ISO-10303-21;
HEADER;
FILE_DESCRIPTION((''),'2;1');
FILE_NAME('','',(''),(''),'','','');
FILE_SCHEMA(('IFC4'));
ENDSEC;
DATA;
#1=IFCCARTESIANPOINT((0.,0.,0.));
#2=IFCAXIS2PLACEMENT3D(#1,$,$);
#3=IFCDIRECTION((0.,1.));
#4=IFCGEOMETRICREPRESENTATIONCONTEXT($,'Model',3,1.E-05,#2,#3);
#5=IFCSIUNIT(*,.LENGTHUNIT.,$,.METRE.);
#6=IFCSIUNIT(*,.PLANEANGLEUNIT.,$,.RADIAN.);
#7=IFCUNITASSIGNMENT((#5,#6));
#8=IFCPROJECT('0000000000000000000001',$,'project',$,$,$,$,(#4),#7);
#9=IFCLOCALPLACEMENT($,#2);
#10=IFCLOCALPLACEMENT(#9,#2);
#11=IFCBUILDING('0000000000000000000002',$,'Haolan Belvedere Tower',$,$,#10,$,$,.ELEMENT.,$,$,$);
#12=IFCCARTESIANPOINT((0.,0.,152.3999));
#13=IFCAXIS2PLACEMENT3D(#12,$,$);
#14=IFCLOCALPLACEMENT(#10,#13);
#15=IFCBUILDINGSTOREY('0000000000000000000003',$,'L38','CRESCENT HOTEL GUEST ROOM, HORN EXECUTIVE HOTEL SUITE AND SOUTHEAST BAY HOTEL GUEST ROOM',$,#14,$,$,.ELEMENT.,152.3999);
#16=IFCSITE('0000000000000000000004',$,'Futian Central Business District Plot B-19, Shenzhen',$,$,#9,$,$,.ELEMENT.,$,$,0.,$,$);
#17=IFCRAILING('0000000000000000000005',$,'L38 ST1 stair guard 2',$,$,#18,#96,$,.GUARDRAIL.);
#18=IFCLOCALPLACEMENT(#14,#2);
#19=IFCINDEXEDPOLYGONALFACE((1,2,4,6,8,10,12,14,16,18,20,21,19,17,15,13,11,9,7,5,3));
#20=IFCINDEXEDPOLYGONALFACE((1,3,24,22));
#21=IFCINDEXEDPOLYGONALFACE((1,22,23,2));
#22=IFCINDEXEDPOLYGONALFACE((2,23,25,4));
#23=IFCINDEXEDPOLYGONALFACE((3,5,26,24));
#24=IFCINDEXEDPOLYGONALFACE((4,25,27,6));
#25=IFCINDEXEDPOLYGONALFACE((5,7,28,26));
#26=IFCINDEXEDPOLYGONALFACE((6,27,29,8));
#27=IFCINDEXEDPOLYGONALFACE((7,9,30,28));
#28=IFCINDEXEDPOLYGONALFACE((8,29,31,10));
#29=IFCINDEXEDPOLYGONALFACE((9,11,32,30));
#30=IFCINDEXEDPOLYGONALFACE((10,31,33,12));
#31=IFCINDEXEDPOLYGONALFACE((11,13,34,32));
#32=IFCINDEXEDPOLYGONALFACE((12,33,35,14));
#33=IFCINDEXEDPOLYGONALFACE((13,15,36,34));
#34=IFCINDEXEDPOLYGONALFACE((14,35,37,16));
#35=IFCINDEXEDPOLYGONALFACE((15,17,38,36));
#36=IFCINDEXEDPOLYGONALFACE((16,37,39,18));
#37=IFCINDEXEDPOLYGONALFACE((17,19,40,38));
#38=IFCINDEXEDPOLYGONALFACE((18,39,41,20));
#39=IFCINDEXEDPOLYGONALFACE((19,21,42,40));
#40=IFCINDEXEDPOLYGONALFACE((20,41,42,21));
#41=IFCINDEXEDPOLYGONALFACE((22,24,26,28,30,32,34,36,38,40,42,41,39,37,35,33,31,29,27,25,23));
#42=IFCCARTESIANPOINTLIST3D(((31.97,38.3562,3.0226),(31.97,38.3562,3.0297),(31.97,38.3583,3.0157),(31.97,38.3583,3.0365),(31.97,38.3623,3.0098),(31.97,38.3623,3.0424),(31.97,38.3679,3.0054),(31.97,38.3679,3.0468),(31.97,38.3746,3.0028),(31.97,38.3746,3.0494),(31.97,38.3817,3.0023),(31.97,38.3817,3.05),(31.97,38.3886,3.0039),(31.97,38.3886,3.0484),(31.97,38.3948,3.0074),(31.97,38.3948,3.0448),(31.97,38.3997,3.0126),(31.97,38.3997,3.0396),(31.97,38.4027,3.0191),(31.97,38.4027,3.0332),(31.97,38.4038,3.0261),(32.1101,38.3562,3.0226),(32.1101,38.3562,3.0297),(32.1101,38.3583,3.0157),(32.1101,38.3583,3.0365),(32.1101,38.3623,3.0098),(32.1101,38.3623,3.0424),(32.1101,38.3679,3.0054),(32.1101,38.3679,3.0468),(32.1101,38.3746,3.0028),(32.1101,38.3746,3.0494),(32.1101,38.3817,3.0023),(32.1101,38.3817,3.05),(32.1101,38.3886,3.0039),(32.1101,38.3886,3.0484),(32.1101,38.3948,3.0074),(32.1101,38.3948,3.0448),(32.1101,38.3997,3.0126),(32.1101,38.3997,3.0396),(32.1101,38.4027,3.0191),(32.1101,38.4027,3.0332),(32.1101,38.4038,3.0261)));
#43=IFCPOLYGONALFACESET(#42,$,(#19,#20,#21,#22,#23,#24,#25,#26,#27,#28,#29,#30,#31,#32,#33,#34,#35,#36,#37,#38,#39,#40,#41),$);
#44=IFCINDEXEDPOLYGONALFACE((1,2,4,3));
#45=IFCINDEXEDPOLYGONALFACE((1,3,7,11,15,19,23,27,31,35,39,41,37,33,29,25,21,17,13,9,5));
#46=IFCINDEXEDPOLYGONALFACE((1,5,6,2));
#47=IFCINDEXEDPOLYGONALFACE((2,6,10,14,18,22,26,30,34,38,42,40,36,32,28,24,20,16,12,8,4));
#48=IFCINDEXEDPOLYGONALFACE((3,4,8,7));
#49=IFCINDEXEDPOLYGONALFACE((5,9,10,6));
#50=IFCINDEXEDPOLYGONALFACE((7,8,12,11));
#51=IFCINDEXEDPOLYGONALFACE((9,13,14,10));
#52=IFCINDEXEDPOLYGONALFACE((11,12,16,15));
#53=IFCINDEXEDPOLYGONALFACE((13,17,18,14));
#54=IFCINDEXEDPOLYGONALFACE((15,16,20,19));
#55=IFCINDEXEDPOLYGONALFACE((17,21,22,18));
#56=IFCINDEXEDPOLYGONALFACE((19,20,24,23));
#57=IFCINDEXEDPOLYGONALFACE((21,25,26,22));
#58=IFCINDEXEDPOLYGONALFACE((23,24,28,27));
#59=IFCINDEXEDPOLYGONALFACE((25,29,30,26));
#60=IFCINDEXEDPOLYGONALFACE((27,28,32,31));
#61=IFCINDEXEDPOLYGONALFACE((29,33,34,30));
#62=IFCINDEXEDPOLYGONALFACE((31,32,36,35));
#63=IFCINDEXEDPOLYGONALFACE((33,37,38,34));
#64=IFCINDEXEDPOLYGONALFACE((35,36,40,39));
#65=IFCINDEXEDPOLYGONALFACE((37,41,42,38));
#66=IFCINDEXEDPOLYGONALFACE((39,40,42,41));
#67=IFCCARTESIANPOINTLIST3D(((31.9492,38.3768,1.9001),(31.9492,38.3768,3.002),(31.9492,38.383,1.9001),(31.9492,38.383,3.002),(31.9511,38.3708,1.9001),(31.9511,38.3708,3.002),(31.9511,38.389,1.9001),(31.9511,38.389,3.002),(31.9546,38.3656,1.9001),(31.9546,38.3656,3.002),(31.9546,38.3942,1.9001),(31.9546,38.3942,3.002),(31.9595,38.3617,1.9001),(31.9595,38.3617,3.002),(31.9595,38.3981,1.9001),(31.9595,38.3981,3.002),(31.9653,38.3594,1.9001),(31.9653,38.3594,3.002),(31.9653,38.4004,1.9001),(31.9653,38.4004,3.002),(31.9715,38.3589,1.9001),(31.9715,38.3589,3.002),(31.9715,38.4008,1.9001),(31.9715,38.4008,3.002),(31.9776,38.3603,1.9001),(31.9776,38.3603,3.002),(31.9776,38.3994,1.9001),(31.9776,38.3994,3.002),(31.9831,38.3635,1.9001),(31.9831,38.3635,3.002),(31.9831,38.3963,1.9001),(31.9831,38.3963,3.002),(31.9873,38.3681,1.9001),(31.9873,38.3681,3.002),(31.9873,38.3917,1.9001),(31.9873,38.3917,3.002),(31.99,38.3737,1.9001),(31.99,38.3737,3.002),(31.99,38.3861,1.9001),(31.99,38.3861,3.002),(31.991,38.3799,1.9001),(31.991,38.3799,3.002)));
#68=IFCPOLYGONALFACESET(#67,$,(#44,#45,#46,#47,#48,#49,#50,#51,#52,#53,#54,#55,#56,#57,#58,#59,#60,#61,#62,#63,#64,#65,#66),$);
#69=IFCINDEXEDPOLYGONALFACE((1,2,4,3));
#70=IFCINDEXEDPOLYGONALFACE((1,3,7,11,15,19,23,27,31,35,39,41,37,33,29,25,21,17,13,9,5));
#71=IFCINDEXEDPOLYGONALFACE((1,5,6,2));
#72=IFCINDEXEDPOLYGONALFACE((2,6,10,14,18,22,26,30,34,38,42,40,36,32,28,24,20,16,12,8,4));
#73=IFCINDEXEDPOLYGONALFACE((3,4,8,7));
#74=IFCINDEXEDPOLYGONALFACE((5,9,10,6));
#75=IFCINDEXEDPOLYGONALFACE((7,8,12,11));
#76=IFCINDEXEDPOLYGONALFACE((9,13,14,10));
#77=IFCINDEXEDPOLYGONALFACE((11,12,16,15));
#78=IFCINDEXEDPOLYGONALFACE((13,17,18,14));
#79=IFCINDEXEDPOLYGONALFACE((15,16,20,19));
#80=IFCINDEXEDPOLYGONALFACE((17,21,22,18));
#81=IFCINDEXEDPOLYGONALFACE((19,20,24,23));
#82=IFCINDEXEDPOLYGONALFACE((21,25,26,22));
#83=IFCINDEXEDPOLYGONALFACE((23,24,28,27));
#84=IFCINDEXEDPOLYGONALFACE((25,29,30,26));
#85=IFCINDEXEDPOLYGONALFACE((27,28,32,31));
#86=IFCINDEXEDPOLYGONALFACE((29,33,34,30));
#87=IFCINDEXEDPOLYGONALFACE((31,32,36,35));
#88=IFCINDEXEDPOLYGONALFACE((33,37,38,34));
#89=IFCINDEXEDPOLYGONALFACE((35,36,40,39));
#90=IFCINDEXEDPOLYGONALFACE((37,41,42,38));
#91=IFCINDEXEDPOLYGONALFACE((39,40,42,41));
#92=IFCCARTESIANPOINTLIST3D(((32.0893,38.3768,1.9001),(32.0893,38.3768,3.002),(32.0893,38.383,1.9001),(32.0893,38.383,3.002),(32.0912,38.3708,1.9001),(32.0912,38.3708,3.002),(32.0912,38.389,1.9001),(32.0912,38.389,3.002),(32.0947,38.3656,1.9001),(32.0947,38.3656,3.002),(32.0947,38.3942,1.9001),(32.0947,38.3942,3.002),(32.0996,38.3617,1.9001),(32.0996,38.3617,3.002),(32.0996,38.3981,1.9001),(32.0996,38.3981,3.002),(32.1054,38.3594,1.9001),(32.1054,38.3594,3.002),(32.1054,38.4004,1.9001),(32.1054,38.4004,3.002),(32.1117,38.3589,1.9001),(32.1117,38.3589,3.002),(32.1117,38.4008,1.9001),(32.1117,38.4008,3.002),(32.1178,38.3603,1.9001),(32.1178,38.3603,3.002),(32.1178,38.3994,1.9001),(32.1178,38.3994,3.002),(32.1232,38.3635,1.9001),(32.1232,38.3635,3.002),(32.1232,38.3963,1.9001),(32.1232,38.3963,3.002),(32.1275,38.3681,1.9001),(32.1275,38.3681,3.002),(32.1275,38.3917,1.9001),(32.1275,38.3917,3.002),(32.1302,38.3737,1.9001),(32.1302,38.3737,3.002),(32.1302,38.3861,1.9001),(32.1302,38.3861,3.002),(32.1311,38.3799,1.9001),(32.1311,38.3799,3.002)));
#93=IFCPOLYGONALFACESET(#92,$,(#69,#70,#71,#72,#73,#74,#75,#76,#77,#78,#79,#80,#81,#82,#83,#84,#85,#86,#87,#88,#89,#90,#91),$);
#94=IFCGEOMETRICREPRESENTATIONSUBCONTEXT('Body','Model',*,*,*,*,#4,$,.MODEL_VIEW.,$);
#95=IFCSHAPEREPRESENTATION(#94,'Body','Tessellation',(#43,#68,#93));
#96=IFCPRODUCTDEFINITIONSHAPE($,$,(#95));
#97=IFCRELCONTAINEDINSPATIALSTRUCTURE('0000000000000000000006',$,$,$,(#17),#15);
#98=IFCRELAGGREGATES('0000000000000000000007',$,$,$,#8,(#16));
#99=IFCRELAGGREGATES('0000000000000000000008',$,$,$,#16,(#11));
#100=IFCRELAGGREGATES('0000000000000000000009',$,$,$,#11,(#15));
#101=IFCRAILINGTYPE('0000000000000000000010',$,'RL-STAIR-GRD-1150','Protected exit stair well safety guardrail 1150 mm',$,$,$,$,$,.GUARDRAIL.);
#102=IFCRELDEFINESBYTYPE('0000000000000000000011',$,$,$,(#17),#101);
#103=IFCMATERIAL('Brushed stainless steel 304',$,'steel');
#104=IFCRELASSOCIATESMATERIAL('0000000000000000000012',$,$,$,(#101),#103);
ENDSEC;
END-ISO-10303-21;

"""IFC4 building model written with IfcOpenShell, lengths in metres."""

from ifc_helpers import new_model, si_unit, direction, frame, origin, origin_2d, place, context, subcontext, project, spatial, circle, extrude, material, type_object, element, save


model = new_model("IFC4")

# Units and contexts
model_context = context("Model", 3, precision=1e-05, world=origin(), true_north=direction((0.0, 1.0)))
body_context = subcontext(model_context, "Body", "Model", "MODEL_VIEW")
ifc_project = project(units=[si_unit("LENGTHUNIT", "METRE"), si_unit("PLANEANGLEUNIT", "RADIAN")], contexts=[model_context])

# Site, building, storey
site_placement = place(None, origin())
site = spatial("IfcSite", under=ifc_project, at=site_placement, Name="Futian Central Business District Plot B-19, Shenzhen", CompositionType="ELEMENT", RefElevation=0.0)
building_placement = place(site_placement, origin())
building = spatial("IfcBuilding", under=site, at=building_placement, Name="Haolan Belvedere Tower", CompositionType="ELEMENT")
storey_placement = place(building_placement, frame((0.0, 0.0, 152.3999)))
storey = spatial("IfcBuildingStorey", under=building, at=storey_placement, Name="L38", Description="CRESCENT HOTEL GUEST ROOM, HORN EXECUTIVE HOTEL SUITE AND SOUTHEAST BAY HOTEL GUEST ROOM", CompositionType="ELEMENT", Elevation=152.3999)

# Railing
ifc_material_1 = material(Name="Brushed stainless steel 304", Category="steel")
railing_type_1 = type_object("IfcRailingType", Name="RL-STAIR-GRD-1150", Description="Protected exit stair well safety guardrail 1150 mm", PredefinedType="GUARDRAIL", material=ifc_material_1)
railing_1_placement = place(storey_placement, frame((31.97, 38.3799, 1.9001)))
element("IfcRailing", 1, at=railing_1_placement, inside=storey, type_object=railing_type_1, Name="L38 ST1 stair guard 2", PredefinedType="GUARDRAIL", context=body_context, shape_type="SweptSolid", body=[
    extrude(circle(Radius=0.0239, at=origin_2d()), frame((0.0, 0.0, 1.126), z_axis=(1.0, 0.0, 0.0), x_axis=(0.0, 1.0, 0.0)), (0.0, 0.0, 1.0), 0.1401),
    extrude(circle(Radius=0.021, at=origin_2d()), origin(), (0.0, 0.0, 1.0), 1.1018),
    extrude(circle(Radius=0.021, at=origin_2d()), frame((0.1401, 0.0, 0.0)), (0.0, 0.0, 1.0), 1.1018),
])

save(model, "model.ifc")
